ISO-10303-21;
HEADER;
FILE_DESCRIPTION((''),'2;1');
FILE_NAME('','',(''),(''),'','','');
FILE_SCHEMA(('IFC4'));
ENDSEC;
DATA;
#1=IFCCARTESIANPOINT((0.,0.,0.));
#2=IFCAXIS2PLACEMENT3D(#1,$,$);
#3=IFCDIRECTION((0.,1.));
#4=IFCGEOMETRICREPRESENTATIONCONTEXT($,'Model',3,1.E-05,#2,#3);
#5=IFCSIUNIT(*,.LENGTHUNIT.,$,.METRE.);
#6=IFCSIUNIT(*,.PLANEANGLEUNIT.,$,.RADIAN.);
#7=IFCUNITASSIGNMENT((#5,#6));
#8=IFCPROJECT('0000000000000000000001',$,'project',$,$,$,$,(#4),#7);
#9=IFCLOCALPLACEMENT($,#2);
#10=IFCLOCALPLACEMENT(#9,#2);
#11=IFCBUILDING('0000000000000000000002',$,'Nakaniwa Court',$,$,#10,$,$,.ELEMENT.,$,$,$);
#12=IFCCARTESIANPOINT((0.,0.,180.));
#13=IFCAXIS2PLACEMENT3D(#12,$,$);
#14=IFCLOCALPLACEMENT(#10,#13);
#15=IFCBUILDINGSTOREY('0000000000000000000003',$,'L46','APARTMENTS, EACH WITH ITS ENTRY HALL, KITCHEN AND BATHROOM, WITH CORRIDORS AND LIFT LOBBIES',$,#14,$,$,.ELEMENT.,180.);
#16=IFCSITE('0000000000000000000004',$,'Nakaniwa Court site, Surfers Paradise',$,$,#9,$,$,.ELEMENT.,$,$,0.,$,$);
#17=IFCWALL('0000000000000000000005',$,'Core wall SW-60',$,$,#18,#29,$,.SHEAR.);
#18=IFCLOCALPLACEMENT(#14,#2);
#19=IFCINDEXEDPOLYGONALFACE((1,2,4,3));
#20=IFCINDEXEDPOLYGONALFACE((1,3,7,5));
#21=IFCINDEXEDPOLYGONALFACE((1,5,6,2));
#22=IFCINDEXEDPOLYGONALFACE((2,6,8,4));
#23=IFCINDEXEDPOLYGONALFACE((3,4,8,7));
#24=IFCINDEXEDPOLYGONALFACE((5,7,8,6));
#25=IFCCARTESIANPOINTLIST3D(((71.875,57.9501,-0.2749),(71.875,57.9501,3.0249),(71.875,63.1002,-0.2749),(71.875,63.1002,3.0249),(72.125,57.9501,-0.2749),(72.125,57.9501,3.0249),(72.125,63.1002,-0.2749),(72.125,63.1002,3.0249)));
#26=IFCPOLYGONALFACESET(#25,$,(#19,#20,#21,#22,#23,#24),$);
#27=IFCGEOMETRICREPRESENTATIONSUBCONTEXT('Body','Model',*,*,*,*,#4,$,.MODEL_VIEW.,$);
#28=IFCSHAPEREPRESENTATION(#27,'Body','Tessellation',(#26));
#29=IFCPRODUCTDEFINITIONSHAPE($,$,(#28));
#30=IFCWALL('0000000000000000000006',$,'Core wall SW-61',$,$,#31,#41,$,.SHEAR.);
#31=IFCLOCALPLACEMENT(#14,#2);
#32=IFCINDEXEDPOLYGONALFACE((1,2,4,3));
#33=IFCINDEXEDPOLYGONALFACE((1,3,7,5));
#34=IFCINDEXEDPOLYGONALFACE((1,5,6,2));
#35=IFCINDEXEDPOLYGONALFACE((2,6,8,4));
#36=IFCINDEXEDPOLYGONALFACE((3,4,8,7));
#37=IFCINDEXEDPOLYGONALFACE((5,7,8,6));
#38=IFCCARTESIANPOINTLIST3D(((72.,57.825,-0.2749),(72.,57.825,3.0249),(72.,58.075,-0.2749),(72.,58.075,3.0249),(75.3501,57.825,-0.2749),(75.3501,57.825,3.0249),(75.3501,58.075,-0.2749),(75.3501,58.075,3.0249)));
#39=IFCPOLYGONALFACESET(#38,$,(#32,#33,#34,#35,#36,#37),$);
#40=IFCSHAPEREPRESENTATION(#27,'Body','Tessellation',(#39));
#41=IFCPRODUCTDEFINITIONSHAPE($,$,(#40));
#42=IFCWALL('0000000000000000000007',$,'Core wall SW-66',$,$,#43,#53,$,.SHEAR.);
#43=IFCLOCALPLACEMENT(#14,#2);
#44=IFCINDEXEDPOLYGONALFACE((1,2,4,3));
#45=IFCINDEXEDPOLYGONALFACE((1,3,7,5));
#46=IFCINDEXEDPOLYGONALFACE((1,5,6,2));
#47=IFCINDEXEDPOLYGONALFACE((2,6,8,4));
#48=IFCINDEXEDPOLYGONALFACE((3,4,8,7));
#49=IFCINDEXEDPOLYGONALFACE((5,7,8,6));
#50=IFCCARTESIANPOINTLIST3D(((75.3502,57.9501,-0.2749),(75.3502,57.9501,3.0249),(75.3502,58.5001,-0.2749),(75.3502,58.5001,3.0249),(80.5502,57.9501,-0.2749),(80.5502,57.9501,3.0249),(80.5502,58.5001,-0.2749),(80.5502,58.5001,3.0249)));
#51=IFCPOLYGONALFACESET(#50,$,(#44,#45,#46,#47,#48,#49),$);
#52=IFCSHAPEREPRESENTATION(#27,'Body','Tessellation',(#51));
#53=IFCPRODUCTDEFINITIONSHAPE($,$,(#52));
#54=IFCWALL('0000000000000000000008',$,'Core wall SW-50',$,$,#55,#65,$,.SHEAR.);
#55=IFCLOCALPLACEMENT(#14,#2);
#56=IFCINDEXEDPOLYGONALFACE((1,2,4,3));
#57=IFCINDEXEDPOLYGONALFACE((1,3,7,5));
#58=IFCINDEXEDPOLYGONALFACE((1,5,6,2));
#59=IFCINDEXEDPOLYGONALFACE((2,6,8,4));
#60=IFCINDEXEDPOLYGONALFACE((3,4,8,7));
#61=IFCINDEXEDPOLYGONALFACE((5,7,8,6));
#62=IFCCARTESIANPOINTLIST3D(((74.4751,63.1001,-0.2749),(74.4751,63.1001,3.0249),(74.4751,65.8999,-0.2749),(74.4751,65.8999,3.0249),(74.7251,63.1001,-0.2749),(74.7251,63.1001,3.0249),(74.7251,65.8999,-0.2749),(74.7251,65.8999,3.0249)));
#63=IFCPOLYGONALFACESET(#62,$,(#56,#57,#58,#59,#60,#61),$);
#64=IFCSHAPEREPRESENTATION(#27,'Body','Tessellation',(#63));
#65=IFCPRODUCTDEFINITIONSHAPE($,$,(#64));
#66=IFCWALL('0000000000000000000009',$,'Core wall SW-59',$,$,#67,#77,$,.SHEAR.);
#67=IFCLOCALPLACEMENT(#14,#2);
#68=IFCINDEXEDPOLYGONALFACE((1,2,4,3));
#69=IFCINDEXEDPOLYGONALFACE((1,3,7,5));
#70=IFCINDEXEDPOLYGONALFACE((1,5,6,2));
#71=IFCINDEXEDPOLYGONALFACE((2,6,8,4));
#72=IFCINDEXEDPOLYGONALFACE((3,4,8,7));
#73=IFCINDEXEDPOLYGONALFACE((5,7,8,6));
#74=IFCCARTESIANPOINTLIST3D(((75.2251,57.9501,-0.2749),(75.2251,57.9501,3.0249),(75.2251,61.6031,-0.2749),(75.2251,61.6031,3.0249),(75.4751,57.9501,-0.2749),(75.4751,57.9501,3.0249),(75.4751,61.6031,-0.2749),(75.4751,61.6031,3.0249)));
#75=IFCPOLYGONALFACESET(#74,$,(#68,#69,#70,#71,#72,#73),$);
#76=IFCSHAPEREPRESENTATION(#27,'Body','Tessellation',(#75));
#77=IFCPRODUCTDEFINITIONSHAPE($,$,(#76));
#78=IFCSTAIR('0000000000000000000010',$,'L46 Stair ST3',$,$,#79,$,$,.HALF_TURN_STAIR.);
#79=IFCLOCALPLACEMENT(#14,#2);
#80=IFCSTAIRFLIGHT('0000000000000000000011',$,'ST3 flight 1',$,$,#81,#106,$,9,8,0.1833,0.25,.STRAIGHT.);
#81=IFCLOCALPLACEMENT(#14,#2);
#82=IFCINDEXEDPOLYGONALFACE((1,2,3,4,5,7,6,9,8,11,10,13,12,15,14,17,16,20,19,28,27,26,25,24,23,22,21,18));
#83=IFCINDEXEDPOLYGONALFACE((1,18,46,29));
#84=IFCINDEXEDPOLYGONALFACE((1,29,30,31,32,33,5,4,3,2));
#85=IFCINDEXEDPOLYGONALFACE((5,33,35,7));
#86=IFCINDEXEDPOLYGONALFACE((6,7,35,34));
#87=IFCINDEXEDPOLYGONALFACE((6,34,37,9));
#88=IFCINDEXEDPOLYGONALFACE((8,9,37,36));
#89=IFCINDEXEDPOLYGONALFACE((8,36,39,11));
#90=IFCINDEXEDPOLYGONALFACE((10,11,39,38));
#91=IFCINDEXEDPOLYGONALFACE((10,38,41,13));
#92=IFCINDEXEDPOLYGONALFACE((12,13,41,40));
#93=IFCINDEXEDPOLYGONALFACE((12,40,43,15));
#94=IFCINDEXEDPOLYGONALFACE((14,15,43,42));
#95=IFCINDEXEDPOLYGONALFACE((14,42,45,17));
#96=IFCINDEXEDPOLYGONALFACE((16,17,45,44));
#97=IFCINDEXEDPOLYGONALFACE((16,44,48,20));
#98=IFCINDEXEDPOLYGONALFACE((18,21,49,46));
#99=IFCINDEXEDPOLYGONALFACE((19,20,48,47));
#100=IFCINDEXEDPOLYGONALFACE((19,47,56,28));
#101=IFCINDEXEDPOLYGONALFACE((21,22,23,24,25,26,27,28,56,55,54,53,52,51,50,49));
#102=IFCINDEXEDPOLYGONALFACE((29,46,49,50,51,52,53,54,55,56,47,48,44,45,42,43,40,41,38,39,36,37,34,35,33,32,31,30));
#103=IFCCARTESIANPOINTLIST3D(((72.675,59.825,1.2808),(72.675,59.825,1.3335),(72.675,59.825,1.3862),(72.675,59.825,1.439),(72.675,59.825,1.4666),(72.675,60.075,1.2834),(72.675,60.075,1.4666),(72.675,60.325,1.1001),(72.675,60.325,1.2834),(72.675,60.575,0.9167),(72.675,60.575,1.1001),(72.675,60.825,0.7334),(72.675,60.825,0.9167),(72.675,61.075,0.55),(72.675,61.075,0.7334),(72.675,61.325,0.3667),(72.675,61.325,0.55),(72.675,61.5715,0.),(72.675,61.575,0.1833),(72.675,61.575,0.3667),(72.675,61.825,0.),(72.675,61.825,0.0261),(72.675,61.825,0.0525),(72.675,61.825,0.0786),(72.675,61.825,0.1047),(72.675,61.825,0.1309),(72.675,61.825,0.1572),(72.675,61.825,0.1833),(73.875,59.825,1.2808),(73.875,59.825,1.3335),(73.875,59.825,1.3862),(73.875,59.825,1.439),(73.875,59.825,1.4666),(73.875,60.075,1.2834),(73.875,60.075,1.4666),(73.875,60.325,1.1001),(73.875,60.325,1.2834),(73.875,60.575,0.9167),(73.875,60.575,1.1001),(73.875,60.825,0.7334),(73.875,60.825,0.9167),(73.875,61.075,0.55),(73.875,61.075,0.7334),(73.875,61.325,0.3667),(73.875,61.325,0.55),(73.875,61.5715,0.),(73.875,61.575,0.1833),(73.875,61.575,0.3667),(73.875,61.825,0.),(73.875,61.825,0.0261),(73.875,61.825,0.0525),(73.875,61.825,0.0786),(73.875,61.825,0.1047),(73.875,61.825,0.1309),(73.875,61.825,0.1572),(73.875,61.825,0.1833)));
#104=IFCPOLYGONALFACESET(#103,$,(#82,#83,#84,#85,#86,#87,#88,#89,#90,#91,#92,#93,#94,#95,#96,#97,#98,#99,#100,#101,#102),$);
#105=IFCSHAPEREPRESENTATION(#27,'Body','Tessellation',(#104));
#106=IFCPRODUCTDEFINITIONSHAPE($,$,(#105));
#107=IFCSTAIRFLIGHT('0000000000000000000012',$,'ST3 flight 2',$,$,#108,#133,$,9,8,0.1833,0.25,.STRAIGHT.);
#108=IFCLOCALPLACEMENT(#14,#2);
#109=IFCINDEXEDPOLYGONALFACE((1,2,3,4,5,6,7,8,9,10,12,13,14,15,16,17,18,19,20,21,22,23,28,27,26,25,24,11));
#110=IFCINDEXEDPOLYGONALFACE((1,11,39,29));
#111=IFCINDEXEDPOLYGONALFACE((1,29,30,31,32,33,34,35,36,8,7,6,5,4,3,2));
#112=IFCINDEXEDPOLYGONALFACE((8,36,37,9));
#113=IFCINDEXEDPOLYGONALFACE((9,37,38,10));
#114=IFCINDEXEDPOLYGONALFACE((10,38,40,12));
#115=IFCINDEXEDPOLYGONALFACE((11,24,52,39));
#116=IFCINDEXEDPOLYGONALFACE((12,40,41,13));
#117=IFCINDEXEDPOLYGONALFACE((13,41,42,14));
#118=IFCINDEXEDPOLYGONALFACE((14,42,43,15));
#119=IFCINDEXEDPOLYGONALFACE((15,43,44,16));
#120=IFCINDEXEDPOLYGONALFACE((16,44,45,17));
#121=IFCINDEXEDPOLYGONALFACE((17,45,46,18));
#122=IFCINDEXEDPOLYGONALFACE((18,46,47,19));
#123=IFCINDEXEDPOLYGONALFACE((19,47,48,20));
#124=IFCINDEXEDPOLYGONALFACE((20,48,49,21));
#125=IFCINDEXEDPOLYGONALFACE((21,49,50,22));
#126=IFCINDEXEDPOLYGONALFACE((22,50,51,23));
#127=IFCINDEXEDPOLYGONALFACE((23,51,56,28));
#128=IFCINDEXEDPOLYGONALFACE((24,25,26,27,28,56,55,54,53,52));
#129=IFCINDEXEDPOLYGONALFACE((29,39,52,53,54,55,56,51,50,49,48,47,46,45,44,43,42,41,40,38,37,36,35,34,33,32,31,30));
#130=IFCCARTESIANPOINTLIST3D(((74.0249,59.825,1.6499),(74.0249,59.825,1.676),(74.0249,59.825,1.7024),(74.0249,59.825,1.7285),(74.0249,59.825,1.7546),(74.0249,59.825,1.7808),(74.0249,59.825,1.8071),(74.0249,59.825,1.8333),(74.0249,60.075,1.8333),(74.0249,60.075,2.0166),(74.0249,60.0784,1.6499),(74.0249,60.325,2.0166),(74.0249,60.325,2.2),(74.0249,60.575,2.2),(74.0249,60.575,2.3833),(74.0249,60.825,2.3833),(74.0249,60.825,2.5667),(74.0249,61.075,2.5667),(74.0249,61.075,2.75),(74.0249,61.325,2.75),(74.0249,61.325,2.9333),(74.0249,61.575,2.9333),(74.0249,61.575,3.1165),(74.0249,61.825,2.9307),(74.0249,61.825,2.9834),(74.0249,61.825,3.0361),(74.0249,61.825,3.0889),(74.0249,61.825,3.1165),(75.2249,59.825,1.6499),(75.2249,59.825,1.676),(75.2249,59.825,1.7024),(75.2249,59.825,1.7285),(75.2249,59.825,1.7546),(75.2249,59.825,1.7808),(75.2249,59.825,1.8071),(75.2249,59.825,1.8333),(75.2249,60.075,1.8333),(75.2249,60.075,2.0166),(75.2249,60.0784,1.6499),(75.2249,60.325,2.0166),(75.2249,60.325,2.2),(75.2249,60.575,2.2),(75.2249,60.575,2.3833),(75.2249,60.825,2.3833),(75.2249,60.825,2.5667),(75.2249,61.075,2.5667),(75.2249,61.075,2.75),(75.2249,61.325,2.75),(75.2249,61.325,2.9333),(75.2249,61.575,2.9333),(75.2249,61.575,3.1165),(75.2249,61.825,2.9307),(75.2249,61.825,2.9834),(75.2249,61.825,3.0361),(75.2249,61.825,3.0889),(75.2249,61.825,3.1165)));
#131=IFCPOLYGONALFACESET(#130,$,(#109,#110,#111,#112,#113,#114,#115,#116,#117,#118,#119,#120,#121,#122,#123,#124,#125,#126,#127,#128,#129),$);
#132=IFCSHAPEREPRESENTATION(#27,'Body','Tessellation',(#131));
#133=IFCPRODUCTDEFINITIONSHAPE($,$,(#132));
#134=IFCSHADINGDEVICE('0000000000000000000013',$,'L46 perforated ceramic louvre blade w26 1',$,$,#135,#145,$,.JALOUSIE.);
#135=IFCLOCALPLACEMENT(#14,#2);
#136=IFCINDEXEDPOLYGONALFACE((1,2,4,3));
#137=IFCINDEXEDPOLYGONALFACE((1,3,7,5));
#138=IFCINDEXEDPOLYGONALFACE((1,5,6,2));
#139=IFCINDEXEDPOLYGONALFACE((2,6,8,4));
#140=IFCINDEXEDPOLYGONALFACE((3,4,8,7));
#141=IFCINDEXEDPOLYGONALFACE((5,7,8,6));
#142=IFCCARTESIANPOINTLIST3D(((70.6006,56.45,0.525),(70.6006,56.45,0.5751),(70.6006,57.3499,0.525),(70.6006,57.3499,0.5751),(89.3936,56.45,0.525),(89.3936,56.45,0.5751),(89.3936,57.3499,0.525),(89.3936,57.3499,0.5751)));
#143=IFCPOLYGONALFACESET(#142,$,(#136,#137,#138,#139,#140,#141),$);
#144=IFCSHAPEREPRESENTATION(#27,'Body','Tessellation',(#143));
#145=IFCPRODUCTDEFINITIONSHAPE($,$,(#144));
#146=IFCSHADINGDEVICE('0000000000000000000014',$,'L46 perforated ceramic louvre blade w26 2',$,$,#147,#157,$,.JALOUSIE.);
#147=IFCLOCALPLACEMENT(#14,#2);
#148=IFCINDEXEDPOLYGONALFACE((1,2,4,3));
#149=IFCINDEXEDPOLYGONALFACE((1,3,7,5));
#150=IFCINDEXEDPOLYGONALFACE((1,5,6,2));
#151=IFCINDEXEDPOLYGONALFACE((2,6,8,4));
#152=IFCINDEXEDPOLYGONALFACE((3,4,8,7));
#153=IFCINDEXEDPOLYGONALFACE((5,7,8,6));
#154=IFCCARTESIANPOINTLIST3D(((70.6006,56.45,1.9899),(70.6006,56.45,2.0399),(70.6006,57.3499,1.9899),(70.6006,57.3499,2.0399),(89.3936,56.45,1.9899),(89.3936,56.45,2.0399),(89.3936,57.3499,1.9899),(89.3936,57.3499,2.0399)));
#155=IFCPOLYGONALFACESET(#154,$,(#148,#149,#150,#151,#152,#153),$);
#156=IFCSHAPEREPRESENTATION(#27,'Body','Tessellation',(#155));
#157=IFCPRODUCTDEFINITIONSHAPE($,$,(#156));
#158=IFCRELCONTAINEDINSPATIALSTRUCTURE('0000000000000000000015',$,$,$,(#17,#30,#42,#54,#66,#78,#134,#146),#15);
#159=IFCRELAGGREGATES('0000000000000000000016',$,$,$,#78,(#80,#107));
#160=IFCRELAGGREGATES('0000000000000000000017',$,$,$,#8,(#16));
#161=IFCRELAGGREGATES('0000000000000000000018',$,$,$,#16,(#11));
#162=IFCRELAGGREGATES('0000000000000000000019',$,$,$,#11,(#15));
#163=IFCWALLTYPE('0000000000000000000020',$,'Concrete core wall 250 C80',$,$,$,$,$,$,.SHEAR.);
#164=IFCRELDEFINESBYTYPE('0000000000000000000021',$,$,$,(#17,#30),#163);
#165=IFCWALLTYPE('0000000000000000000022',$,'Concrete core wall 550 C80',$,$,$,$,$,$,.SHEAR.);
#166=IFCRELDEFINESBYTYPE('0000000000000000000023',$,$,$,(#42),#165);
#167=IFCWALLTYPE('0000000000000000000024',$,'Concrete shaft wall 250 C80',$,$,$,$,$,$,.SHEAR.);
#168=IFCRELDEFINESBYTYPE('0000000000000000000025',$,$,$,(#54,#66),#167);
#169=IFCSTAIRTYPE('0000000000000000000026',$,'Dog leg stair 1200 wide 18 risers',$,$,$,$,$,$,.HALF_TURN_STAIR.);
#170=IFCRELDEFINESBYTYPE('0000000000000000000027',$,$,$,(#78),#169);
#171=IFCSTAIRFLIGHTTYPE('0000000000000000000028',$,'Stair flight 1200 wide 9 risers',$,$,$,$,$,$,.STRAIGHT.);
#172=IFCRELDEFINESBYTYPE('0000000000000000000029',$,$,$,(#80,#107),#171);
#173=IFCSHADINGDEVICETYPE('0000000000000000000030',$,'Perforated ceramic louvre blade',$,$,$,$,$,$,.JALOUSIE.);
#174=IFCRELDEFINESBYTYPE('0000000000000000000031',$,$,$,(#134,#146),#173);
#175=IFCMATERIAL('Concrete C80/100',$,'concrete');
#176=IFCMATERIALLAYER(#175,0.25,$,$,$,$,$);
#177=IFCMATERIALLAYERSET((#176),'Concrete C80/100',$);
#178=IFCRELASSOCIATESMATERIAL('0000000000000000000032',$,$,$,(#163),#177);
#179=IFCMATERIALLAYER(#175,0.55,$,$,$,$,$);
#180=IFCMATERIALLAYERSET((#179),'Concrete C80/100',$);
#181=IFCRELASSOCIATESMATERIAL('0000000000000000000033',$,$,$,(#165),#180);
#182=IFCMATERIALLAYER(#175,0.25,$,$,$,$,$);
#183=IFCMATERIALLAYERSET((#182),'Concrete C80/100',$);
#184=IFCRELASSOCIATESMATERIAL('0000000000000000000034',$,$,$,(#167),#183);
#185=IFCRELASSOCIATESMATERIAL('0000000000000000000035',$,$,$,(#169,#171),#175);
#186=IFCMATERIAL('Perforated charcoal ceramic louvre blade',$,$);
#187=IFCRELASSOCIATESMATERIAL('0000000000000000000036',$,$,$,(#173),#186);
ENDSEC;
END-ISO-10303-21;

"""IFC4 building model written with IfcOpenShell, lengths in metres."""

from ifc_helpers import new_model, si_unit, direction, frame, frame_2d, origin, origin_2d, place, context, subcontext, project, spatial, polyline, rectangle, outline, extrude, material, layer, layer_set, material_profile, profile_set, type_object, element, aggregate, save


model = new_model("IFC4")

# Units and contexts
model_context = context("Model", 3, precision=1e-05, world=origin(), true_north=direction((0.0, 1.0)))
body_context = subcontext(model_context, "Body", "Model", "MODEL_VIEW")
ifc_project = project(units=[si_unit("LENGTHUNIT", "METRE"), si_unit("PLANEANGLEUNIT", "RADIAN")], contexts=[model_context])

# Site, building, storey
site_placement = place(None, origin())
site = spatial("IfcSite", under=ifc_project, at=site_placement, Name="Nakaniwa Court site, Surfers Paradise", CompositionType="ELEMENT", RefElevation=0.0)
building_placement = place(site_placement, origin())
building = spatial("IfcBuilding", under=site, at=building_placement, Name="Nakaniwa Court", CompositionType="ELEMENT")
storey_placement = place(building_placement, frame((0.0, 0.0, 180.0)))
storey = spatial("IfcBuildingStorey", under=building, at=storey_placement, Name="L46", Description="APARTMENTS, EACH WITH ITS ENTRY HALL, KITCHEN AND BATHROOM, WITH CORRIDORS AND LIFT LOBBIES", CompositionType="ELEMENT", Elevation=180.0)

# Shared definitions
ifc_material_1 = material(Name="Concrete C80/100", Category="concrete")

# Walls
ifc_layer_1 = layer(ifc_material_1, 0.25)
ifc_layer_set_1 = layer_set([ifc_layer_1], Name="Concrete C80/100")
wall_type_1 = type_object("IfcWallType", Name="Concrete core wall 250 C80", PredefinedType="SHEAR", material=ifc_layer_set_1)
wall_1_placement = place(storey_placement, frame((72.0, 57.95, -0.2749), z_axis=(0.0, 0.0, 1.0), x_axis=(0.0, 1.0, 0.0)))
element("IfcWall", 1, at=wall_1_placement, inside=storey, type_object=wall_type_1, Name="Core wall SW-60", PredefinedType="SHEAR", context=body_context, shape_type="SweptSolid", body=[
    extrude(rectangle(XDim=5.1501, YDim=0.25, at=frame_2d((2.5752, 0.0))), origin(), (0.0, 0.0, 1.0), 3.2998),
])
wall_2_placement = place(storey_placement, frame((72.0, 57.95, -0.2749), z_axis=(0.0, 0.0, 1.0), x_axis=(1.0, 0.0, 0.0)))
element("IfcWall", 2, at=wall_2_placement, inside=storey, type_object=wall_type_1, Name="Core wall SW-61", PredefinedType="SHEAR", context=body_context, shape_type="SweptSolid", body=[
    extrude(rectangle(XDim=3.3501, YDim=0.25, at=frame_2d((1.675, 0.0))), origin(), (0.0, 0.0, 1.0), 3.2998),
])
ifc_layer_2 = layer(ifc_material_1, 0.55)
ifc_layer_set_2 = layer_set([ifc_layer_2], Name="Concrete C80/100")
wall_type_2 = type_object("IfcWallType", Name="Concrete core wall 550 C80", PredefinedType="SHEAR", material=ifc_layer_set_2)
wall_3_placement = place(storey_placement, frame((75.3501, 58.2251, -0.2749), z_axis=(0.0, 0.0, 1.0), x_axis=(1.0, 0.0, 0.0)))
element("IfcWall", 3, at=wall_3_placement, inside=storey, type_object=wall_type_2, Name="Core wall SW-66", PredefinedType="SHEAR", context=body_context, shape_type="SweptSolid", body=[
    extrude(rectangle(XDim=5.2, YDim=0.55, at=frame_2d((2.6001, 0.0))), origin(), (0.0, 0.0, 1.0), 3.2998),
])
ifc_layer_3 = layer(ifc_material_1, 0.25)
ifc_layer_set_3 = layer_set([ifc_layer_3], Name="Concrete C80/100")
wall_type_3 = type_object("IfcWallType", Name="Concrete shaft wall 250 C80", PredefinedType="SHEAR", material=ifc_layer_set_3)
wall_4_placement = place(storey_placement, frame((74.6001, 63.1001, -0.2749), z_axis=(0.0, 0.0, 1.0), x_axis=(0.0, 1.0, 0.0)))
element("IfcWall", 4, at=wall_4_placement, inside=storey, type_object=wall_type_3, Name="Core wall SW-50", PredefinedType="SHEAR", context=body_context, shape_type="SweptSolid", body=[
    extrude(rectangle(XDim=2.7998, YDim=0.25, at=frame_2d((1.3999, 0.0))), origin(), (0.0, 0.0, 1.0), 3.2998),
])
wall_5_placement = place(storey_placement, frame((75.3501, 57.95, -0.2749), z_axis=(0.0, 0.0, 1.0), x_axis=(0.0, 1.0, 0.0)))
element("IfcWall", 5, at=wall_5_placement, inside=storey, type_object=wall_type_3, Name="Core wall SW-59", PredefinedType="SHEAR", context=body_context, shape_type="SweptSolid", body=[
    extrude(rectangle(XDim=3.6531, YDim=0.25, at=frame_2d((1.8267, 0.0))), origin(), (0.0, 0.0, 1.0), 3.2998),
])

# Stair, stair flights
stair_type = type_object("IfcStairType", Name="Dog leg stair 1200 wide 18 risers", PredefinedType="HALF_TURN_STAIR", material=ifc_material_1)
stair_placement = place(storey_placement, origin())
stair = element("IfcStair", 6, at=stair_placement, inside=storey, type_object=stair_type, Name="L46 Stair ST3", PredefinedType="HALF_TURN_STAIR")
stair_flight_type = type_object("IfcStairFlightType", Name="Stair flight 1200 wide 9 risers", PredefinedType="STRAIGHT", material=ifc_material_1)
stair_flight_1_placement = place(storey_placement, frame((73.2749, 61.825, 0.0), z_axis=(0.0, 0.0, 1.0), x_axis=(0.0, -1.0, 0.0)))
stair_flight_1 = element("IfcStairFlight", 7, at=stair_flight_1_placement, type_object=stair_flight_type, Name="ST3 flight 1", NumberOfRisers=9, NumberOfTreads=8, PredefinedType="STRAIGHT", RiserHeight=0.1833, TreadLength=0.25, context=body_context, shape_type="SweptSolid", body=[
    extrude(outline(polyline([(0.0, 0.0), (0.0, 0.0261), (0.0, 0.0525), (0.0, 0.0786), (0.0, 0.1047), (0.0, 0.1309), (0.0, 0.1572), (0.0, 0.1833), (0.25, 0.1833), (0.25, 0.3667), (0.5, 0.3667), (0.5, 0.55), (0.75, 0.55), (0.75, 0.7334), (1.0, 0.7334), (1.0, 0.9167), (1.25, 0.9167), (1.25, 1.1001), (1.5, 1.1001), (1.5, 1.2834), (1.75, 1.2834), (1.75, 1.4666), (2.0, 1.4666), (2.0, 1.6499), (2.0, 1.5972), (2.0, 1.5444), (2.0, 1.4917), (2.0, 1.439), (2.0, 1.3862), (2.0, 1.3335), (2.0, 1.2808), (0.2534, 0.0), (0.0, 0.0)])), frame((0.0, 0.6001, 0.0), z_axis=(0.0, -1.0, 0.0), x_axis=(1.0, 0.0, 0.0)), (0.0, 0.0, 1.0), 1.2),
])
stair_flight_2_placement = place(storey_placement, frame((74.625, 59.825, 1.6499), z_axis=(0.0, 0.0, 1.0), x_axis=(0.0, 1.0, 0.0)))
stair_flight_2 = element("IfcStairFlight", 8, at=stair_flight_2_placement, type_object=stair_flight_type, Name="ST3 flight 2", NumberOfRisers=9, NumberOfTreads=8, PredefinedType="STRAIGHT", RiserHeight=0.1833, TreadLength=0.25, context=body_context, shape_type="SweptSolid", body=[
    extrude(outline(polyline([(0.0, 0.0), (0.0, 0.0261), (0.0, 0.0525), (0.0, 0.0786), (0.0, 0.1047), (0.0, 0.1309), (0.0, 0.1572), (0.0, 0.1833), (0.25, 0.1833), (0.25, 0.3667), (0.5, 0.3667), (0.5, 0.55), (0.75, 0.55), (0.75, 0.7334), (1.0, 0.7334), (1.0, 0.9167), (1.25, 0.9167), (1.25, 1.1001), (1.5, 1.1001), (1.5, 1.2834), (1.75, 1.2834), (1.75, 1.4666), (2.0, 1.4666), (2.0, 1.6499), (2.0, 1.5972), (2.0, 1.5444), (2.0, 1.4917), (2.0, 1.439), (2.0, 1.3862), (2.0, 1.3335), (2.0, 1.2808), (0.2534, 0.0), (0.0, 0.0)])), frame((0.0, 0.6001, 0.0), z_axis=(0.0, -1.0, 0.0), x_axis=(1.0, 0.0, 0.0)), (0.0, 0.0, 1.0), 1.2),
])
aggregate(stair, [stair_flight_1, stair_flight_2])

# Shading devices
ifc_material_2 = material(Name="Perforated charcoal ceramic louvre blade")
ifc_material_profile_1 = material_profile(ifc_material_2, rectangle(XDim=0.8999, YDim=0.05, at=origin_2d()), Name="Perforated ceramic louvre blade")
ifc_profile_set_1 = profile_set([ifc_material_profile_1], Name="Perforated charcoal ceramic louvre blade")
shading_device_type = type_object("IfcShadingDeviceType", Name="Perforated ceramic louvre blade", PredefinedType="JALOUSIE", material=ifc_profile_set_1)
for number, where, z_axis, x_axis, name in (
    (9, (70.6006, 56.8999, 0.55), (1.0, 0.0, 0.0), (0.0, 1.0, 0.0), "L46 perforated ceramic louvre blade w26 1"),
    (10, (70.6006, 56.8999, 2.0149), (1.0, 0.0, 0.0), (0.0, 1.0, 0.0), "L46 perforated ceramic louvre blade w26 2"),
):
    element("IfcShadingDevice", number, at=place(storey_placement, frame(where, z_axis=z_axis, x_axis=x_axis)), inside=storey, type_object=shading_device_type, Name=name, PredefinedType="JALOUSIE", context=body_context, shape_type="SweptSolid", body=[
        extrude(rectangle(XDim=0.8999, YDim=0.05, at=origin_2d()), origin(), (0.0, 0.0, 1.0), 18.793),
    ])

save(model, "model.ifc")
